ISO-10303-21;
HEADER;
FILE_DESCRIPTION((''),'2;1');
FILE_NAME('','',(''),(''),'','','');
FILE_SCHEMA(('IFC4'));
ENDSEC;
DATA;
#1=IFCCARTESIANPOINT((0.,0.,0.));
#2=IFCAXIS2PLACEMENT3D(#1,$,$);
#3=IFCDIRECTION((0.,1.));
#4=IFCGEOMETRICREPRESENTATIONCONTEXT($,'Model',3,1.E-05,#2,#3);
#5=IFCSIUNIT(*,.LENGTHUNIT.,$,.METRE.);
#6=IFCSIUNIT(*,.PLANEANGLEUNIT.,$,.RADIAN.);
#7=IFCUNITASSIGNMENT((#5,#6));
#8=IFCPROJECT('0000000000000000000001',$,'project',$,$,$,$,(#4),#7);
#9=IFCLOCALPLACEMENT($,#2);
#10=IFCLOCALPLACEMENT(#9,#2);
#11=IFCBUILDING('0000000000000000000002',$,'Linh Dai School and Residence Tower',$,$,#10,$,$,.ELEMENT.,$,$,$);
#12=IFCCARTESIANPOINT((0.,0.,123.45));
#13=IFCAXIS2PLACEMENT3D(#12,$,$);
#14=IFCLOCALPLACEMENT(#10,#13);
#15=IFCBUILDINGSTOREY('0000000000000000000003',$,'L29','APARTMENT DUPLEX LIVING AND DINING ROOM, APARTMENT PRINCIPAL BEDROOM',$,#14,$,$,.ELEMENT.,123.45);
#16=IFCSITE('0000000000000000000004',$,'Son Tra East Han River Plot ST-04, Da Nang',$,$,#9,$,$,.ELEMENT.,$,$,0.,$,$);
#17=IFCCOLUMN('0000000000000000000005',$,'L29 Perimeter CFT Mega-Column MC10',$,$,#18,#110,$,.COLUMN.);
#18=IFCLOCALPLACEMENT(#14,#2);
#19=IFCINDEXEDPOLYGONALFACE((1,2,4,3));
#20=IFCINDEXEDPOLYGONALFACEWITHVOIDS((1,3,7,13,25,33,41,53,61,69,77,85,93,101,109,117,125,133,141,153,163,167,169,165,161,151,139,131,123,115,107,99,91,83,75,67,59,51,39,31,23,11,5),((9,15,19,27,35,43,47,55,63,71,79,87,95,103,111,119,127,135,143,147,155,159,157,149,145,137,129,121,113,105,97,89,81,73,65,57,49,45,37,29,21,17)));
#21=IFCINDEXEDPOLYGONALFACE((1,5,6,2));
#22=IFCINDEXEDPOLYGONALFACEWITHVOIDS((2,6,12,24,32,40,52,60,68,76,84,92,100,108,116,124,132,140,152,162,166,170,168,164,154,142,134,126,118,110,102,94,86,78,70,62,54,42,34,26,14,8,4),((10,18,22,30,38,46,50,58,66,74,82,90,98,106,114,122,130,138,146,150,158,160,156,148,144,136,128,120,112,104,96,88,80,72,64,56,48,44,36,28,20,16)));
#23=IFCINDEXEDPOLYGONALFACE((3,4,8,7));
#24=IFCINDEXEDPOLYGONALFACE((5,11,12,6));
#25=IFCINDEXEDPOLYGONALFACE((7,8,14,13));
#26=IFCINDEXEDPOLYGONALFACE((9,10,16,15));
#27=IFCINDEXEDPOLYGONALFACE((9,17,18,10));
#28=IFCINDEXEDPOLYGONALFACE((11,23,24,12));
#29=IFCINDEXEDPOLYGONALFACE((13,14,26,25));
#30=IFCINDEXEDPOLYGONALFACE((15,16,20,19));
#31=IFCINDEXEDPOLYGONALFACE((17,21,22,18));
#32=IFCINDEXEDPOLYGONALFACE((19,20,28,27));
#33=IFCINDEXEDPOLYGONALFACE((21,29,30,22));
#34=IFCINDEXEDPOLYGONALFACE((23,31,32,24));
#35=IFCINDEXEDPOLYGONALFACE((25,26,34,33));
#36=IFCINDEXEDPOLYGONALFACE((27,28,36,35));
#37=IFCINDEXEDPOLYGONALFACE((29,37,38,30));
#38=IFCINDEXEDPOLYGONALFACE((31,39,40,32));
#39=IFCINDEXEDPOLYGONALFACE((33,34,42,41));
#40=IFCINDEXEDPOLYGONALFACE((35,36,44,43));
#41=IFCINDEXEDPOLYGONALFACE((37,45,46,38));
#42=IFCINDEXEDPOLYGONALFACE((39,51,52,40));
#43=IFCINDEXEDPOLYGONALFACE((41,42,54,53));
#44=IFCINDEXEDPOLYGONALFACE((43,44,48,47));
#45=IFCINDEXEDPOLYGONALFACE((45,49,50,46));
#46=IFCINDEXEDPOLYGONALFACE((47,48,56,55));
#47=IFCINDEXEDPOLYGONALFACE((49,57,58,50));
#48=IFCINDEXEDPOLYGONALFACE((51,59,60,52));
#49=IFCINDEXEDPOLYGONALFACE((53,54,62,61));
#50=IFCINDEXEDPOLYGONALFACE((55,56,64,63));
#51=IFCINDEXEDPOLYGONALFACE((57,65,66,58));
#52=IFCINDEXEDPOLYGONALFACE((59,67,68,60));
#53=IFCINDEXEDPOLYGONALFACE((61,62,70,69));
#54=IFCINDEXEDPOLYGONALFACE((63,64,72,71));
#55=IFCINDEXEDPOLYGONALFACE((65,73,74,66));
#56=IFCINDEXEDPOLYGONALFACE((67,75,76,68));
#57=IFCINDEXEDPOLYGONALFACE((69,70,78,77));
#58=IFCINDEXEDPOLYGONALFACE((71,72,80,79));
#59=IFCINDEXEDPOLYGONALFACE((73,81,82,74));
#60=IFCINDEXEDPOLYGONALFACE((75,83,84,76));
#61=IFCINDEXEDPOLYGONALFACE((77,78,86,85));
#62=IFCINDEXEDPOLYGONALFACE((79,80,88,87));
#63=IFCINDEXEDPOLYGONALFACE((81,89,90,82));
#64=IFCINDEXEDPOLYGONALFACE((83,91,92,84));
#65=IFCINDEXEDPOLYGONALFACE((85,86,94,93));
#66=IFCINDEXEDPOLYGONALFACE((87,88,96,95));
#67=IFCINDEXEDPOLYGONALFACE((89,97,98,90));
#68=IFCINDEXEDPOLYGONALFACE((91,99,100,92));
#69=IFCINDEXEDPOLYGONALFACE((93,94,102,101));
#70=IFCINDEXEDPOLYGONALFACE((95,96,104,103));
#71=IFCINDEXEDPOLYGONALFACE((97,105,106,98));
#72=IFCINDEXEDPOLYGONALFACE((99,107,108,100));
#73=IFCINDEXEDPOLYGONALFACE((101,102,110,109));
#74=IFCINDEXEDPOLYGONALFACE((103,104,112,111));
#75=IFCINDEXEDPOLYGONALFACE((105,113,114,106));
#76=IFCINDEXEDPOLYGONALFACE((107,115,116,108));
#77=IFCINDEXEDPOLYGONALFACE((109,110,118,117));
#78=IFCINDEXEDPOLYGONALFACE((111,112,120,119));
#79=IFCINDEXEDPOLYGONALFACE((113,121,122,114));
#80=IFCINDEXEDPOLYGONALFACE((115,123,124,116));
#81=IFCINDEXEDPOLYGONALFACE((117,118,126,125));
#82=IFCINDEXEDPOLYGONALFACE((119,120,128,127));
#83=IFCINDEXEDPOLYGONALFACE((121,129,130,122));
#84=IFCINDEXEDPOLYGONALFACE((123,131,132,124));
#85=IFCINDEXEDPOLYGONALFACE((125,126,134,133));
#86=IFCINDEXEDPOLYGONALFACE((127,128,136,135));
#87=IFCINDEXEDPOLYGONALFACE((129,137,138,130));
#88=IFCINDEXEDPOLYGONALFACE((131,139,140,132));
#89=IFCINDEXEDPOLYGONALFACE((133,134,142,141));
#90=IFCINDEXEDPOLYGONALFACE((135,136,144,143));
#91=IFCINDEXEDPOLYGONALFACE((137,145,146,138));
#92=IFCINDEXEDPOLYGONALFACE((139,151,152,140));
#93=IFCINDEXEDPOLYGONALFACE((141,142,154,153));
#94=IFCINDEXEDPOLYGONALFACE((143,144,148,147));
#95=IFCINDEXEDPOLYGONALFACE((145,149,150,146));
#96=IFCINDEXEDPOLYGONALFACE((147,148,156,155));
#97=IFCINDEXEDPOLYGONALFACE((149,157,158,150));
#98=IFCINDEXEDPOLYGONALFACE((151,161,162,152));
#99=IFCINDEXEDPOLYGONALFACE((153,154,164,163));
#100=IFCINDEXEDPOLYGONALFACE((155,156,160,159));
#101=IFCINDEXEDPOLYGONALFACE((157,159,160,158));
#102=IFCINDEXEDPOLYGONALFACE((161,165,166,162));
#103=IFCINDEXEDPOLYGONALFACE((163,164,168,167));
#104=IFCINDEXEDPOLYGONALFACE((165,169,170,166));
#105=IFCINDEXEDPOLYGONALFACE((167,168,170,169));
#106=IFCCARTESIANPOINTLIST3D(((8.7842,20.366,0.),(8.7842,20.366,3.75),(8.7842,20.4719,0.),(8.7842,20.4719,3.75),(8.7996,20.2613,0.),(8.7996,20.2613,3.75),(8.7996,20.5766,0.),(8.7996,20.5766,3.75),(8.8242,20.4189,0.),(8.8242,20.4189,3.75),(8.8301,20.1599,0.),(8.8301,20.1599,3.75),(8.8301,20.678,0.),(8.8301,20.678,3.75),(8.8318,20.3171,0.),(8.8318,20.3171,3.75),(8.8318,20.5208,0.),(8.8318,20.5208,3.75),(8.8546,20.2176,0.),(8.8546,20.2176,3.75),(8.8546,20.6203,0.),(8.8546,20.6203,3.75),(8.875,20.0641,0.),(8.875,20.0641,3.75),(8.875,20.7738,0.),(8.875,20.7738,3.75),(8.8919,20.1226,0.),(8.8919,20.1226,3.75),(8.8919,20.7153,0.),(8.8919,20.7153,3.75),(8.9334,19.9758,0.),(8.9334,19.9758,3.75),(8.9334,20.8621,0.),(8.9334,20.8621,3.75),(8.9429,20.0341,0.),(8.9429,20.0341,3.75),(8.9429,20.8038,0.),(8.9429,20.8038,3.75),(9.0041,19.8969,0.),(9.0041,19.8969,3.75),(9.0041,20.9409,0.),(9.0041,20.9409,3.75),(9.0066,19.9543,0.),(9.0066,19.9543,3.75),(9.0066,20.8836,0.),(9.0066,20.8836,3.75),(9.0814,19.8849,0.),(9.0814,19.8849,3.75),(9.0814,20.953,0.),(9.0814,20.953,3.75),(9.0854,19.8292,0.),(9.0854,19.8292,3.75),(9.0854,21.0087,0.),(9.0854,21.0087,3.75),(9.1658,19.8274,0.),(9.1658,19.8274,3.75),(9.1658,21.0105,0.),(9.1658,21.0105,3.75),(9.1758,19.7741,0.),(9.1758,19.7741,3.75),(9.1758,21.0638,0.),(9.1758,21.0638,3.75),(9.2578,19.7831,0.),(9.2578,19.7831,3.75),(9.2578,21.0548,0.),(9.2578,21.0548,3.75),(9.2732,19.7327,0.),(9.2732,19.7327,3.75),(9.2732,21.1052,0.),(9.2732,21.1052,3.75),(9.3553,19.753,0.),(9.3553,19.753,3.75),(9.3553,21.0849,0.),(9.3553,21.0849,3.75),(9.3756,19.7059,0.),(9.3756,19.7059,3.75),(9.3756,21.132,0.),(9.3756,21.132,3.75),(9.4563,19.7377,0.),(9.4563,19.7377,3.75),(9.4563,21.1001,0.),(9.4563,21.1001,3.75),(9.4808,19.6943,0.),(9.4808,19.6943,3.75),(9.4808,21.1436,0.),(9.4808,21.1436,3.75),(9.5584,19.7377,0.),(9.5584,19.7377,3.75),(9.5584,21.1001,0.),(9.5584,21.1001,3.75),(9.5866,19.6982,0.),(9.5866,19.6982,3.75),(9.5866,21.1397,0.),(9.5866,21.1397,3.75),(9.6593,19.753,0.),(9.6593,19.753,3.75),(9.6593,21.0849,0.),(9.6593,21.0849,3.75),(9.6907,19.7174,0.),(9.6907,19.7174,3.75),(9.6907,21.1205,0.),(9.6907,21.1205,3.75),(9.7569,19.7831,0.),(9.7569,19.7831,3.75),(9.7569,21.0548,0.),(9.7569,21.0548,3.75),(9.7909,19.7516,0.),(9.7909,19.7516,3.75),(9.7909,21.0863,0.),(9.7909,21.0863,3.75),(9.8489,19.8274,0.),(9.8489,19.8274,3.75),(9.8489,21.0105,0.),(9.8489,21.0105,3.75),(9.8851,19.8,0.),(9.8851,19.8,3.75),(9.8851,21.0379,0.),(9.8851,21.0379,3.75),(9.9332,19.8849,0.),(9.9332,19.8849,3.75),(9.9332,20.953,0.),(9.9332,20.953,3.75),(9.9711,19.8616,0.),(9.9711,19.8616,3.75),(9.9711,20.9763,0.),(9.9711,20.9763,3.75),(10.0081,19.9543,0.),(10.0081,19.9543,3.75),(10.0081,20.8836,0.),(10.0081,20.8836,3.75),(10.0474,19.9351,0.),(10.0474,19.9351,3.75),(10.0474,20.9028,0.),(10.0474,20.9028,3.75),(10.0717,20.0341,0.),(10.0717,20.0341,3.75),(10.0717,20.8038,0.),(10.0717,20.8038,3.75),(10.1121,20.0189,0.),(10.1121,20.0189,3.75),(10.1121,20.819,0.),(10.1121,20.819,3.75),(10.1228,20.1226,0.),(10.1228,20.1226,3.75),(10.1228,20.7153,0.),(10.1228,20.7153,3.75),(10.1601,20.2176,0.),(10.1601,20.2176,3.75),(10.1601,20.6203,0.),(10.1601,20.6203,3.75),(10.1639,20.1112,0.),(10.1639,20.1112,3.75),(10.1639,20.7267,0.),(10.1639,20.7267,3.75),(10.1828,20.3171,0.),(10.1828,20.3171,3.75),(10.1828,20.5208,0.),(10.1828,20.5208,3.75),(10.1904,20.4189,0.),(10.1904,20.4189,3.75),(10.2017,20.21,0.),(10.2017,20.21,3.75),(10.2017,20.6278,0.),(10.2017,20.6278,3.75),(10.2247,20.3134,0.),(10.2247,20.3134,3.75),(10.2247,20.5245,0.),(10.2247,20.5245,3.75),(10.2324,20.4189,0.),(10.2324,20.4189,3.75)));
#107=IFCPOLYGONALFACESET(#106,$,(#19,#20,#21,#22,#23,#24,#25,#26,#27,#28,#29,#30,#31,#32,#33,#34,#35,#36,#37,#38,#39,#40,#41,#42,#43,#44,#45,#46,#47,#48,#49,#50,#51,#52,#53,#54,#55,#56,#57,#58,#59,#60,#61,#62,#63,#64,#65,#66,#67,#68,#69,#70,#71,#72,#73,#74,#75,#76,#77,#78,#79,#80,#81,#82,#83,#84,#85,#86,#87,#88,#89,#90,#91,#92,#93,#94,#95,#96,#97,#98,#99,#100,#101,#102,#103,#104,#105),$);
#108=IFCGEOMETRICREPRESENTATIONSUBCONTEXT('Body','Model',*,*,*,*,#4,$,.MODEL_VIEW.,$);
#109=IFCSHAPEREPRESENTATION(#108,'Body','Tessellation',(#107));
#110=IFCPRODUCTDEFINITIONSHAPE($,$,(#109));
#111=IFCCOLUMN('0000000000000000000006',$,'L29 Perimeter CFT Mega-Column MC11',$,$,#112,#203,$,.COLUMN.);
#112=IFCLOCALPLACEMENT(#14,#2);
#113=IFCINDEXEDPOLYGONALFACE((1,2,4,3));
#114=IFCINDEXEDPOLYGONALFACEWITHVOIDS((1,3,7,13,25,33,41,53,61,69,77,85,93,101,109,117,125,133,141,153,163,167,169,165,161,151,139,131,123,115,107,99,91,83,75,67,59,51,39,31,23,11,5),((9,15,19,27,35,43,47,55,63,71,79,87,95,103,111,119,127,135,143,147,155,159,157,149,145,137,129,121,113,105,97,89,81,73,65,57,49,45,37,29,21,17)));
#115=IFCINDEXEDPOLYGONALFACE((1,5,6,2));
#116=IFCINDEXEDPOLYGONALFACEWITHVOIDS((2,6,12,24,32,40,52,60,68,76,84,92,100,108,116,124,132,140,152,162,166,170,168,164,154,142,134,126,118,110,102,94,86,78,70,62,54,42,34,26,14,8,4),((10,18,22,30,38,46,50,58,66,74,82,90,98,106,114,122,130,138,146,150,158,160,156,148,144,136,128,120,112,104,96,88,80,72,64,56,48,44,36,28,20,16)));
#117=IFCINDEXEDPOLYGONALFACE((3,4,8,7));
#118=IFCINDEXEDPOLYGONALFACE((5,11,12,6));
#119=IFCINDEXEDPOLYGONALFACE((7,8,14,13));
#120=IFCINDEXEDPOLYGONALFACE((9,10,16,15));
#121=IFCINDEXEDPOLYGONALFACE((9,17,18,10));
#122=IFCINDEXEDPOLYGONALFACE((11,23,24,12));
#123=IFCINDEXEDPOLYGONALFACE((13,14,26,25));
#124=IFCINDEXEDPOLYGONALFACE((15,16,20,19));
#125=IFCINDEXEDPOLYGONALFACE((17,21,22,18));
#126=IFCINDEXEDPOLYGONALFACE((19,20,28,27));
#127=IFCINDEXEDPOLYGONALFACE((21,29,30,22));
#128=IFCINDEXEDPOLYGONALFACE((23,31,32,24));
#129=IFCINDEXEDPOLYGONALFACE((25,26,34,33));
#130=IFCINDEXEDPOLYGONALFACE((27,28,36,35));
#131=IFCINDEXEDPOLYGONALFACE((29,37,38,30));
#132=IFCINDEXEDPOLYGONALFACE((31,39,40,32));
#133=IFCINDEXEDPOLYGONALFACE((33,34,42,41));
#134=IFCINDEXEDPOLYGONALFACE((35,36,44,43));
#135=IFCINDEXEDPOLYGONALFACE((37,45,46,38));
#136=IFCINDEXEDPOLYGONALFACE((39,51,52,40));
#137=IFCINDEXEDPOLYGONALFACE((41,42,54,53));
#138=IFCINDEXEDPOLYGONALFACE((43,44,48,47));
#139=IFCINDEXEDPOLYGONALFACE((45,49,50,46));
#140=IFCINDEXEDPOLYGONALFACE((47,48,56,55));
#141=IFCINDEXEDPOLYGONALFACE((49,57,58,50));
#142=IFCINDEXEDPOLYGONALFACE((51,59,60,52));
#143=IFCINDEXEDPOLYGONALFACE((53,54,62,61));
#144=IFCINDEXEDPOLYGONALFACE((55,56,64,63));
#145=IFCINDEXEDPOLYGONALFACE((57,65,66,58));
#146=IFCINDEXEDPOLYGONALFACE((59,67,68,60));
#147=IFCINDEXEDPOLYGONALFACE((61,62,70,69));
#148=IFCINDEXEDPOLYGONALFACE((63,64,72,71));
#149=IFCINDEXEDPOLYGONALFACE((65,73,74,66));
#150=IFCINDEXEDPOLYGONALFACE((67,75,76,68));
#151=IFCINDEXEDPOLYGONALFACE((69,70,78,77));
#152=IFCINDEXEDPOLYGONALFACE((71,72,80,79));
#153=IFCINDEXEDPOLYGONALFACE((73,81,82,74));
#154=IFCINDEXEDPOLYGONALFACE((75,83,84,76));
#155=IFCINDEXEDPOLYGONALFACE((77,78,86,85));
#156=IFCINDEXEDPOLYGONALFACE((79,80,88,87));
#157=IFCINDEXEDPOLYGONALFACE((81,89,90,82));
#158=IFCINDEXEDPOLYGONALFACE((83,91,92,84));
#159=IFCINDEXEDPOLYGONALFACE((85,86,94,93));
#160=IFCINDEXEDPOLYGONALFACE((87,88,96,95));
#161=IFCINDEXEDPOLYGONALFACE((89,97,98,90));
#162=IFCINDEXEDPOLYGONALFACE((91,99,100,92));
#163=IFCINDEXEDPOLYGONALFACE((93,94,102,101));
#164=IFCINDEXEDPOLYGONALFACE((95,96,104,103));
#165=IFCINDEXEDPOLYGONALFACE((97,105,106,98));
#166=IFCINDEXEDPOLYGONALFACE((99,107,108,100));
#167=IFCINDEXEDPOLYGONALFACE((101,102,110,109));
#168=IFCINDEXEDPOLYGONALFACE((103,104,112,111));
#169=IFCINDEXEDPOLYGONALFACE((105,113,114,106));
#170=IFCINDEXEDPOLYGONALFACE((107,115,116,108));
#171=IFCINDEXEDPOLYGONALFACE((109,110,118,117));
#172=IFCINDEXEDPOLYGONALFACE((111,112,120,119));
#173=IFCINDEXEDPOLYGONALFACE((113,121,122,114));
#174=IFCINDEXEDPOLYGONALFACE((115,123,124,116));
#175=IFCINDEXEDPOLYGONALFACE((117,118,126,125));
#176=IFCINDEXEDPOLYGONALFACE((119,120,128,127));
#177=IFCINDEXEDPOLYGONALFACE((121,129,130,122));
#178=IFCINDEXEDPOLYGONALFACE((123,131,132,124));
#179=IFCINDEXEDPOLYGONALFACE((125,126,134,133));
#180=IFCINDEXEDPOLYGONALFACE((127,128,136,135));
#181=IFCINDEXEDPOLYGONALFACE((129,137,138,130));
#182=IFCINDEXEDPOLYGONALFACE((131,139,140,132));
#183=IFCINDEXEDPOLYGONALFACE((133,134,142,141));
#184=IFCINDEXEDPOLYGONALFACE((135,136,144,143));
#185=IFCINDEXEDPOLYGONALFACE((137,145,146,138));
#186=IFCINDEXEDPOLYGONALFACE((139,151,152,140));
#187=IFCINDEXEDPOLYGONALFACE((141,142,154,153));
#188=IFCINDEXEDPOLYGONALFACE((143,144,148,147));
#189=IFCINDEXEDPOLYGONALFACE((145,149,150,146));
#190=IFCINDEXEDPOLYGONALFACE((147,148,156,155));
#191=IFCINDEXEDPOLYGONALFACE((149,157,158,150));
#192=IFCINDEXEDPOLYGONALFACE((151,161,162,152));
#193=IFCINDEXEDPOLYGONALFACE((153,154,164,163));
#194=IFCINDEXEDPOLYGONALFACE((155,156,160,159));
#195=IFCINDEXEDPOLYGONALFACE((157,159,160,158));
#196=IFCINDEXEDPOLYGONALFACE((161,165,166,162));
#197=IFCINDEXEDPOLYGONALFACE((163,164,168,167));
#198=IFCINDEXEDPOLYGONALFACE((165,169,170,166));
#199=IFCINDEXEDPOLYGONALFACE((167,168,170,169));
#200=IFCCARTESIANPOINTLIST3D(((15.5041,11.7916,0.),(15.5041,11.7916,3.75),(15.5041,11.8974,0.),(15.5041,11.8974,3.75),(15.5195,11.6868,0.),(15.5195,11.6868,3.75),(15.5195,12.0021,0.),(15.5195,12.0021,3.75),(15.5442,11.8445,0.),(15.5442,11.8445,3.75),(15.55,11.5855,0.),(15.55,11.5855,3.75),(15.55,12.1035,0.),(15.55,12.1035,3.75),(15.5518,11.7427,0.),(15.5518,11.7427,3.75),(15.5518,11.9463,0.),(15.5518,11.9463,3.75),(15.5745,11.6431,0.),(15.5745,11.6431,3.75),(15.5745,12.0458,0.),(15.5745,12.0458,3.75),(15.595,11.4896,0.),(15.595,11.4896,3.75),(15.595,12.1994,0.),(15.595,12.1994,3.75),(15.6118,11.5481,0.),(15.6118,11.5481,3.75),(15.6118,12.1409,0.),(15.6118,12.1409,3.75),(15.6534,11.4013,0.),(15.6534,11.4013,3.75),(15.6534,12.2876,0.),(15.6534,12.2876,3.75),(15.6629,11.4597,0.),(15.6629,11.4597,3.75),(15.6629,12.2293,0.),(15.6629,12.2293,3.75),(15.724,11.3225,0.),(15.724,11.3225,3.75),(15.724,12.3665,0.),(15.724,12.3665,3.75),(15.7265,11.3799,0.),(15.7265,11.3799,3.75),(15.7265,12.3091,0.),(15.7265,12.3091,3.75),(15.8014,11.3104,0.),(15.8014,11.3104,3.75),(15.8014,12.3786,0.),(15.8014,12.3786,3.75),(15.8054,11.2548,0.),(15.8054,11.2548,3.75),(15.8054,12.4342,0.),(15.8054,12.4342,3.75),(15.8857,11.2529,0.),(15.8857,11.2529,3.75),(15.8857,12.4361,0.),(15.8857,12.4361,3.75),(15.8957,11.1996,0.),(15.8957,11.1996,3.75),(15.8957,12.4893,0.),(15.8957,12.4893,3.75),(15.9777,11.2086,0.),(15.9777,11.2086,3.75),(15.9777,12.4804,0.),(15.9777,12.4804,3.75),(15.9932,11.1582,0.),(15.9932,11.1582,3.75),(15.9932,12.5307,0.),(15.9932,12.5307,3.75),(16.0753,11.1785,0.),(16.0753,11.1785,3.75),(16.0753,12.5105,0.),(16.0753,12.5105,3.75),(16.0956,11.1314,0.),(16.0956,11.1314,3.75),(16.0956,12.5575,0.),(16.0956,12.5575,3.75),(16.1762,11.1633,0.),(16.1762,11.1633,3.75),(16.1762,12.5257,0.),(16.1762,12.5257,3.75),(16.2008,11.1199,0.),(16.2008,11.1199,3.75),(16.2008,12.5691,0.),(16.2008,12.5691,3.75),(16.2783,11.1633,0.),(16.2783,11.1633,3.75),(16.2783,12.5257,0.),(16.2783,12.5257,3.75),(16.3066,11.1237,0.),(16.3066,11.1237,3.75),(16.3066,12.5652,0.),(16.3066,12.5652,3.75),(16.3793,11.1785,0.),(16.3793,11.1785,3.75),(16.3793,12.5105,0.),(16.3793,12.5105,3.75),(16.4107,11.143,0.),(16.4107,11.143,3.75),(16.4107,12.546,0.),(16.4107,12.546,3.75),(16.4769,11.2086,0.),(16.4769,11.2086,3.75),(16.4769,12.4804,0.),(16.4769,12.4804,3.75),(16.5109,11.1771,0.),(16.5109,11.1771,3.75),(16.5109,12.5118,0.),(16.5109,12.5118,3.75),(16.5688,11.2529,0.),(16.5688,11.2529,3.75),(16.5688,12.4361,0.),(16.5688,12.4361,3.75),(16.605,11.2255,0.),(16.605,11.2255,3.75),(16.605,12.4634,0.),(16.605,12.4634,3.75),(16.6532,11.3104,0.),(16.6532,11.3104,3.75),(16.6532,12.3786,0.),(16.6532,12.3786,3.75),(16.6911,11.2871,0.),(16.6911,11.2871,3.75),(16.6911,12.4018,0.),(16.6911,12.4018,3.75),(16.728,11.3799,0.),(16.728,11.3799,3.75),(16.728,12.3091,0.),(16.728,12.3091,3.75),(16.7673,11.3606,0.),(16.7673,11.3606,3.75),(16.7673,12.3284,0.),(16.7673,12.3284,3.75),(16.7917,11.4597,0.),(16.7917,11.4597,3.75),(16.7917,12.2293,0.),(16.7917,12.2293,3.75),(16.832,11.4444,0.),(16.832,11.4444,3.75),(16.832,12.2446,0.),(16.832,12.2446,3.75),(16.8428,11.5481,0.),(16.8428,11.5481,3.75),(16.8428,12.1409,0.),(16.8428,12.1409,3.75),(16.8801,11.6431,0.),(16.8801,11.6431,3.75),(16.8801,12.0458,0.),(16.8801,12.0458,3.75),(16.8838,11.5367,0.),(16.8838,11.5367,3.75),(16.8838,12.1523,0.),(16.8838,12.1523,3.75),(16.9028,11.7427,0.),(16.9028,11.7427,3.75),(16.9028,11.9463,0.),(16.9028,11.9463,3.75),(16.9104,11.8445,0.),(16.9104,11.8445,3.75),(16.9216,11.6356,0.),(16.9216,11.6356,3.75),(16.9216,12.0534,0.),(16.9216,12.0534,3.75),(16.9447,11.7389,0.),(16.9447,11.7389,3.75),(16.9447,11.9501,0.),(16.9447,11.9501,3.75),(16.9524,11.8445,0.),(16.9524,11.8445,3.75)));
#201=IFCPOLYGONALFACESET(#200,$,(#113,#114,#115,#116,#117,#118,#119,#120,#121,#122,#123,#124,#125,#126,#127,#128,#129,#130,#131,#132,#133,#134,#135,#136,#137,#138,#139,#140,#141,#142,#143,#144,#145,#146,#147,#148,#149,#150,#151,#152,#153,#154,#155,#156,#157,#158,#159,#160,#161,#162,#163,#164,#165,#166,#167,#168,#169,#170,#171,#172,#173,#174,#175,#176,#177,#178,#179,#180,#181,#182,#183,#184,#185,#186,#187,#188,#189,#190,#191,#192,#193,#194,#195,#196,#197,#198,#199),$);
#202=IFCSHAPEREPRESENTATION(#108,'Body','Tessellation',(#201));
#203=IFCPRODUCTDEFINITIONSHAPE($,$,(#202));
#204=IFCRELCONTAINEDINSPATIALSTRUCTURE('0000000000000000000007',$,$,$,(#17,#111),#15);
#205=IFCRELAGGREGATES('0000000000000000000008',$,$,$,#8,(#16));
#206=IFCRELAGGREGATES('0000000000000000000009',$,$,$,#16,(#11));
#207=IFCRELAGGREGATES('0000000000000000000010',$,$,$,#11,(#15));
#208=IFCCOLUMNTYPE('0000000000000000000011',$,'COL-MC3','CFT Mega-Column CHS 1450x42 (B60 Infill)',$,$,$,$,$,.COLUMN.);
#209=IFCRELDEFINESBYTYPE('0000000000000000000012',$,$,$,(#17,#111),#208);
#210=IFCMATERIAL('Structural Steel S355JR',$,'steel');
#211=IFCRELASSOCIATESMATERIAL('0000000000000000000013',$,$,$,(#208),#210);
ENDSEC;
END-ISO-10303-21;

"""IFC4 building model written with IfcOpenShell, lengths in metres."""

from ifc_helpers import new_model, si_unit, direction, frame, origin, origin_2d, place, context, subcontext, project, spatial, hollow_circle, extrude, material, material_profile, profile_set, type_object, element, save


model = new_model("IFC4")

# Units and contexts
model_context = context("Model", 3, precision=1e-05, world=origin(), true_north=direction((0.0, 1.0)))
body_context = subcontext(model_context, "Body", "Model", "MODEL_VIEW")
ifc_project = project(units=[si_unit("LENGTHUNIT", "METRE"), si_unit("PLANEANGLEUNIT", "RADIAN")], contexts=[model_context])

# Site, building, storey
site_placement = place(None, origin())
site = spatial("IfcSite", under=ifc_project, at=site_placement, Name="Son Tra East Han River Plot ST-04, Da Nang", CompositionType="ELEMENT", RefElevation=0.0)
building_placement = place(site_placement, origin())
building = spatial("IfcBuilding", under=site, at=building_placement, Name="Linh Dai School and Residence Tower", CompositionType="ELEMENT")
storey_placement = place(building_placement, frame((0.0, 0.0, 123.45)))
storey = spatial("IfcBuildingStorey", under=building, at=storey_placement, Name="L29", Description="APARTMENT DUPLEX LIVING AND DINING ROOM, APARTMENT PRINCIPAL BEDROOM", CompositionType="ELEMENT", Elevation=123.45)

# Columns
ifc_material_1 = material(Name="Structural Steel S355JR", Category="steel")
ifc_material_profile_1 = material_profile(ifc_material_1, hollow_circle(Radius=0.7251, WallThickness=0.042, at=origin_2d()), Name="CHS 1450x42")
ifc_profile_set_1 = profile_set([ifc_material_profile_1], Name="Structural Steel S355JR")
column_type = type_object("IfcColumnType", Name="COL-MC3", Description="CFT Mega-Column CHS 1450x42 (B60 Infill)", PredefinedType="COLUMN", material=ifc_profile_set_1)
for number, where, z_axis, x_axis, name in (
    (1, (9.5073, 20.4189, 0.0), (0.0, 0.0, 1.0), (1.0, 0.0, 0.0), "L29 Perimeter CFT Mega-Column MC10"),
    (2, (16.2273, 11.8445, 0.0), (0.0, 0.0, 1.0), (1.0, 0.0, 0.0), "L29 Perimeter CFT Mega-Column MC11"),
):
    element("IfcColumn", number, at=place(storey_placement, frame(where, z_axis=z_axis, x_axis=x_axis)), inside=storey, type_object=column_type, Name=name, PredefinedType="COLUMN", context=body_context, shape_type="SweptSolid", body=[
        extrude(hollow_circle(Radius=0.7251, WallThickness=0.042, at=origin_2d()), origin(), (0.0, 0.0, 1.0), 3.75),
    ])

save(model, "model.ifc")
